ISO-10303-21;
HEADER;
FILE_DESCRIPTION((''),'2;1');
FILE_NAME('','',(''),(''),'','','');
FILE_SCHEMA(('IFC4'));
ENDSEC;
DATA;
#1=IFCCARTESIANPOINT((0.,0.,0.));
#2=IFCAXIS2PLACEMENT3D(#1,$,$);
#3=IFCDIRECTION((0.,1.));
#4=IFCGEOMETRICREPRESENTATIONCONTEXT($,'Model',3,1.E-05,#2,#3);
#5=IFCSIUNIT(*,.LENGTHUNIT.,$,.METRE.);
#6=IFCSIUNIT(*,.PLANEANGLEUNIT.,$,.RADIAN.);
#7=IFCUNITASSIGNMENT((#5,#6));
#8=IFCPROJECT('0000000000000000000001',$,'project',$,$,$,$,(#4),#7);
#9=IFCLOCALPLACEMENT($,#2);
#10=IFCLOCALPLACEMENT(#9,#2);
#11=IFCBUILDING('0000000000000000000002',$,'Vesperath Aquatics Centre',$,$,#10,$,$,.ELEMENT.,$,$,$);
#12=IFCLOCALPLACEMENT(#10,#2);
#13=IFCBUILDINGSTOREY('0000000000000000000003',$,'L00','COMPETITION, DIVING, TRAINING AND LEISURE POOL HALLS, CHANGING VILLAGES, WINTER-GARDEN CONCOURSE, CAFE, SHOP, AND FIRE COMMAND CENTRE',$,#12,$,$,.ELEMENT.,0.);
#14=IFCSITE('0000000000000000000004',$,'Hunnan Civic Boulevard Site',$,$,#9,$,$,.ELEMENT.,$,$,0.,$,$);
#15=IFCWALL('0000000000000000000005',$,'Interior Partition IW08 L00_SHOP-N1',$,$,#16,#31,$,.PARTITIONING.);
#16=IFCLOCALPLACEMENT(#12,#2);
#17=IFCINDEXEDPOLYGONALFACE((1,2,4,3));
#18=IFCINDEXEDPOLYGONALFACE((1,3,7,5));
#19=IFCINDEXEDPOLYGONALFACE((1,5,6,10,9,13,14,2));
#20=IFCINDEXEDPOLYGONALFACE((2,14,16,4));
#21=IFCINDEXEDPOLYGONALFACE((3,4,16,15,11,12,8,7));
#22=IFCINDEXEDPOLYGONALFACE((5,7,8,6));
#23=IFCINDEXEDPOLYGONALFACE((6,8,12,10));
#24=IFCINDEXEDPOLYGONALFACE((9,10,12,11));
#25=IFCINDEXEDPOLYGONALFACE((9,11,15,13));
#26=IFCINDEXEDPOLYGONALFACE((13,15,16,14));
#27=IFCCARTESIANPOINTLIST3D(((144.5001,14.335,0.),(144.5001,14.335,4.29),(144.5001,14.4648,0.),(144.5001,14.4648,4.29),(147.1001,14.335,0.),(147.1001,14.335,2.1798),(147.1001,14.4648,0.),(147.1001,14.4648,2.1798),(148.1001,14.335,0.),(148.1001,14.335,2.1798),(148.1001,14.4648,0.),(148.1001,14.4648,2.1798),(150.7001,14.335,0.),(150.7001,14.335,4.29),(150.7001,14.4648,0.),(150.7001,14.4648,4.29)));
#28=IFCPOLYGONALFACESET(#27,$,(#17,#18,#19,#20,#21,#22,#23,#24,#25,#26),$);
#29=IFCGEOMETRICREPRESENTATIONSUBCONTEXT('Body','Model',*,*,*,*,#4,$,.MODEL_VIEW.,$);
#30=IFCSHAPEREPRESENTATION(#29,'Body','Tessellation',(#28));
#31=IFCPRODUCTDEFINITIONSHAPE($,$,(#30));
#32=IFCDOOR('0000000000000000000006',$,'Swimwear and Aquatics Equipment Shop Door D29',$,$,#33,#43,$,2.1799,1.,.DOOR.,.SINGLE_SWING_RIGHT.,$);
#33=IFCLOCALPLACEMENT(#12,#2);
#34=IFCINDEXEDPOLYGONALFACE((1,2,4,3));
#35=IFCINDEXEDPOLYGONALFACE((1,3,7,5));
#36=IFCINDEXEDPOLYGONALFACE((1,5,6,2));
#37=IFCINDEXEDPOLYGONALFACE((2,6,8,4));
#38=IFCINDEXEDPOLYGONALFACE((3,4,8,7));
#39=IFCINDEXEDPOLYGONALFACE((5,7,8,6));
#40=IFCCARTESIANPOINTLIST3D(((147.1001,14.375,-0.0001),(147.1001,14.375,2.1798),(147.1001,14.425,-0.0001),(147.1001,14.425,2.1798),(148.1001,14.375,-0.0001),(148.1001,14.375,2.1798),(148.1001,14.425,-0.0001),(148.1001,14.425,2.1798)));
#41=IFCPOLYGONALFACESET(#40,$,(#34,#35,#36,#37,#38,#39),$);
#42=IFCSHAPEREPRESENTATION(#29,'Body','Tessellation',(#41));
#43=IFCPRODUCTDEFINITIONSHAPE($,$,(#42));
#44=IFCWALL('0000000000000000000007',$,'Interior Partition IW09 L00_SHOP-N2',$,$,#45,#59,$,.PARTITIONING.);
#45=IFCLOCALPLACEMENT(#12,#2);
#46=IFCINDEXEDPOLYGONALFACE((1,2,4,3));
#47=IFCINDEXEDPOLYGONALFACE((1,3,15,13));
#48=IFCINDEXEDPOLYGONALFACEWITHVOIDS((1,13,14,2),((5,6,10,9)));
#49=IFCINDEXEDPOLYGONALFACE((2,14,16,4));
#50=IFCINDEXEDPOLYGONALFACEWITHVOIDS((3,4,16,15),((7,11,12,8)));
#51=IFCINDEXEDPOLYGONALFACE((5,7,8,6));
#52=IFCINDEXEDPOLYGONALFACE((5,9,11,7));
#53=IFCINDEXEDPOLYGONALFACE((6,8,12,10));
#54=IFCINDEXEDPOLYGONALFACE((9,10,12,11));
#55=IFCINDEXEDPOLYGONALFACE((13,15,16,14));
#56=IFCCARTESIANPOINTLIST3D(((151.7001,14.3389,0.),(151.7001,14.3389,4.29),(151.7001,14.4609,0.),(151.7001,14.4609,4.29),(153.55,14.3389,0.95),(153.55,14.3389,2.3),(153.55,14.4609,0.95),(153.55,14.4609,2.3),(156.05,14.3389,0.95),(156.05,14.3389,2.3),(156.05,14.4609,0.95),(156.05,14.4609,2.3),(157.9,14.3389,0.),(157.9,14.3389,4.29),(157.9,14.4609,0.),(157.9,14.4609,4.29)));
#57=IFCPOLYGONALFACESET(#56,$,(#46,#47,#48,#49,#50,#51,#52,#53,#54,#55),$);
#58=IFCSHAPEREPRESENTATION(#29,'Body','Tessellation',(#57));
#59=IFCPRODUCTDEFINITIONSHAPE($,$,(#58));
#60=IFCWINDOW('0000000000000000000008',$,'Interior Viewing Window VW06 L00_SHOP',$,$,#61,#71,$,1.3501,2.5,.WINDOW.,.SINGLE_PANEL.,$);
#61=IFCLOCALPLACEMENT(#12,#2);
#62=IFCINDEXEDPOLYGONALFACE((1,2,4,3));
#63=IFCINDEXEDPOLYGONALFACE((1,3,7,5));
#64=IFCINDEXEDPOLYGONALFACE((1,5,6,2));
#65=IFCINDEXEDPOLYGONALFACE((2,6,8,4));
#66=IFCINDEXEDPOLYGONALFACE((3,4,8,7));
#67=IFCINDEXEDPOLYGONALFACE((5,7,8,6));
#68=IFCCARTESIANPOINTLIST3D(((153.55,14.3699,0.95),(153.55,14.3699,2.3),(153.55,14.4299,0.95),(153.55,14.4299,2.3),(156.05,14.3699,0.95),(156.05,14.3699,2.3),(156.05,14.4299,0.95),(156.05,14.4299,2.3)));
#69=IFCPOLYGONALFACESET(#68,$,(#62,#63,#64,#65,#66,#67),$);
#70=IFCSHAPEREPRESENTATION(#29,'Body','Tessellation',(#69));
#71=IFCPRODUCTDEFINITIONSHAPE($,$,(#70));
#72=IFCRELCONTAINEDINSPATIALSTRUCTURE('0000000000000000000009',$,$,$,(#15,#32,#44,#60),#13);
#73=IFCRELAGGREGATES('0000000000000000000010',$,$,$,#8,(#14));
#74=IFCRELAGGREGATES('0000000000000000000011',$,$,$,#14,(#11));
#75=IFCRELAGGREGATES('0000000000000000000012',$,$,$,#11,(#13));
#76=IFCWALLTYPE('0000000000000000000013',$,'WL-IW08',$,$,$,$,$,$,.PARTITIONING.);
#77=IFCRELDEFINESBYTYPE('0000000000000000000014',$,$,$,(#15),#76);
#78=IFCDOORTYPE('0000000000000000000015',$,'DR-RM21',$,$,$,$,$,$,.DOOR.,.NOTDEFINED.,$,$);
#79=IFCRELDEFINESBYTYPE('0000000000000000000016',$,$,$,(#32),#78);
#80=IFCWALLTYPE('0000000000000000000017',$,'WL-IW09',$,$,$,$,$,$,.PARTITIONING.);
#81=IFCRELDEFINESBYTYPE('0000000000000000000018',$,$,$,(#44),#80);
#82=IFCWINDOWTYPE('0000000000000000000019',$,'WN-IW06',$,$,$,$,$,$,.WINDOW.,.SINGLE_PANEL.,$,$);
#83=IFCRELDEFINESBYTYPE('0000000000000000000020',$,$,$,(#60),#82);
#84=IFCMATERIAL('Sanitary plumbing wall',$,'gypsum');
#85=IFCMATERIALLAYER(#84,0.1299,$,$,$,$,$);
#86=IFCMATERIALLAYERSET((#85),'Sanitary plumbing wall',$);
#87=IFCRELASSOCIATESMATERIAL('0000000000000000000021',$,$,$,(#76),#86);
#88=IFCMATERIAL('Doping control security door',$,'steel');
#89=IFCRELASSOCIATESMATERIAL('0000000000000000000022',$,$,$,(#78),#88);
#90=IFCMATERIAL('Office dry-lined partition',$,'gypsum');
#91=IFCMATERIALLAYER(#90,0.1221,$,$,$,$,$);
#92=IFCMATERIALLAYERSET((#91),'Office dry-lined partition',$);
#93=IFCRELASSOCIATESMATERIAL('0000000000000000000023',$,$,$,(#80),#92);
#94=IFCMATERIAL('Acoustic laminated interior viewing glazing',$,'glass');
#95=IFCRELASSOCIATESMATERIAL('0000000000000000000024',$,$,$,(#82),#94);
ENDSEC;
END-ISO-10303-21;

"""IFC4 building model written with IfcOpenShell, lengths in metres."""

from ifc_helpers import new_model, si_unit, direction, frame, frame_2d, origin, place, context, subcontext, project, spatial, rectangle, extrude, material, layer, layer_set, type_object, element, fill, save


model = new_model("IFC4")

# Units and contexts
model_context = context("Model", 3, precision=1e-05, world=origin(), true_north=direction((0.0, 1.0)))
body_context = subcontext(model_context, "Body", "Model", "MODEL_VIEW")
ifc_project = project(units=[si_unit("LENGTHUNIT", "METRE"), si_unit("PLANEANGLEUNIT", "RADIAN")], contexts=[model_context])

# Site, building, storey
site_placement = place(None, origin())
site = spatial("IfcSite", under=ifc_project, at=site_placement, Name="Hunnan Civic Boulevard Site", CompositionType="ELEMENT", RefElevation=0.0)
building_placement = place(site_placement, origin())
building = spatial("IfcBuilding", under=site, at=building_placement, Name="Vesperath Aquatics Centre", CompositionType="ELEMENT")
storey_placement = place(building_placement, origin())
storey = spatial("IfcBuildingStorey", under=building, at=storey_placement, Name="L00", Description="COMPETITION, DIVING, TRAINING AND LEISURE POOL HALLS, CHANGING VILLAGES, WINTER-GARDEN CONCOURSE, CAFE, SHOP, AND FIRE COMMAND CENTRE", CompositionType="ELEMENT", Elevation=0.0)

# Shared definitions
ifc_material_1 = material(Name="Acoustic laminated interior viewing glazing", Category="glass")

# Wall, opening, door
ifc_material_2 = material(Name="Sanitary plumbing wall", Category="gypsum")
ifc_layer_1 = layer(ifc_material_2, 0.1299)
ifc_layer_set_1 = layer_set([ifc_layer_1], Name="Sanitary plumbing wall")
wall_type_1 = type_object("IfcWallType", Name="WL-IW08", PredefinedType="PARTITIONING", material=ifc_layer_set_1)
wall_1_placement = place(storey_placement, frame((144.5, 14.3999, 0.0), z_axis=(0.0, 0.0, 1.0), x_axis=(1.0, 0.0, 0.0)))
wall_1 = element("IfcWall", 1, at=wall_1_placement, inside=storey, type_object=wall_type_1, Name="Interior Partition IW08 L00_SHOP-N1", PredefinedType="PARTITIONING", context=body_context, shape_type="SweptSolid", body=[
    extrude(rectangle(XDim=6.2, YDim=0.1299, at=frame_2d((3.1001, 0.0))), origin(), (0.0, 0.0, 1.0), 4.29),
])
opening_1_placement = place(wall_1_placement, frame((2.6001, 0.0, 0.0)))
opening_1 = element("IfcOpeningElement", 2, at=opening_1_placement, cuts=wall_1, PredefinedType="OPENING", context=body_context, shape_type="SweptSolid", body=[
    extrude(rectangle(XDim=1.0, YDim=2.1799, at=frame_2d((0.5, 1.0898))), frame((0.0, 0.0798, 0.0), z_axis=(0.0, -1.0, 0.0), x_axis=(1.0, 0.0, 0.0)), (0.0, 0.0, 1.0), 0.1597),
])
ifc_material_3 = material(Name="Doping control security door", Category="steel")
door_type = type_object("IfcDoorType", Name="DR-RM21", OperationType="NOTDEFINED", PredefinedType="DOOR", material=ifc_material_3)
door_placement = place(opening_1_placement, frame((1.0, 0.0, 0.0), z_axis=(0.0, 0.0, 1.0), x_axis=(-1.0, 0.0, 0.0)))
door = element("IfcDoor", 3, at=door_placement, inside=storey, type_object=door_type, Name="Swimwear and Aquatics Equipment Shop Door D29", OperationType="SINGLE_SWING_RIGHT", OverallHeight=2.1799, OverallWidth=1.0, PredefinedType="DOOR", context=body_context, shape_type="SweptSolid", body=[
    extrude(rectangle(XDim=1.0, YDim=2.1799, at=frame_2d((0.5, 1.0898))), frame((0.0, 0.0249, 0.0), z_axis=(0.0, -1.0, 0.0), x_axis=(1.0, 0.0, 0.0)), (0.0, 0.0, 1.0), 0.05),
])
fill(opening_1, door)

# Wall, opening, window
ifc_material_4 = material(Name="Office dry-lined partition", Category="gypsum")
ifc_layer_2 = layer(ifc_material_4, 0.1221)
ifc_layer_set_2 = layer_set([ifc_layer_2], Name="Office dry-lined partition")
wall_type_2 = type_object("IfcWallType", Name="WL-IW09", PredefinedType="PARTITIONING", material=ifc_layer_set_2)
wall_2_placement = place(storey_placement, frame((151.7, 14.3999, 0.0), z_axis=(0.0, 0.0, 1.0), x_axis=(1.0, 0.0, 0.0)))
wall_2 = element("IfcWall", 4, at=wall_2_placement, inside=storey, type_object=wall_type_2, Name="Interior Partition IW09 L00_SHOP-N2", PredefinedType="PARTITIONING", context=body_context, shape_type="SweptSolid", body=[
    extrude(rectangle(XDim=6.2, YDim=0.1221, at=frame_2d((3.1001, 0.0))), origin(), (0.0, 0.0, 1.0), 4.29),
])
opening_2_placement = place(wall_2_placement, frame((1.8501, 0.0, 0.95)))
opening_2 = element("IfcOpeningElement", 5, at=opening_2_placement, cuts=wall_2, PredefinedType="OPENING", context=body_context, shape_type="SweptSolid", body=[
    extrude(rectangle(XDim=2.5, YDim=1.3501, at=frame_2d((1.25, 0.675))), frame((0.0, 0.0759, 0.0), z_axis=(0.0, -1.0, 0.0), x_axis=(1.0, 0.0, 0.0)), (0.0, 0.0, 1.0), 0.1519),
])
window_type_1 = type_object("IfcWindowType", Name="WN-IW06", PartitioningType="SINGLE_PANEL", PredefinedType="WINDOW", material=ifc_material_1)
window_1_placement = place(opening_2_placement, origin())
window_1 = element("IfcWindow", 6, at=window_1_placement, inside=storey, type_object=window_type_1, Name="Interior Viewing Window VW06 L00_SHOP", OverallHeight=1.3501, OverallWidth=2.5, PartitioningType="SINGLE_PANEL", PredefinedType="WINDOW", context=body_context, shape_type="SweptSolid", body=[
    extrude(rectangle(XDim=2.5, YDim=1.3501, at=frame_2d((1.25, 0.675))), frame((0.0, 0.03, 0.0), z_axis=(0.0, -1.0, 0.0), x_axis=(1.0, 0.0, 0.0)), (0.0, 0.0, 1.0), 0.0601),
])
fill(opening_2, window_1)

save(model, "model.ifc")
